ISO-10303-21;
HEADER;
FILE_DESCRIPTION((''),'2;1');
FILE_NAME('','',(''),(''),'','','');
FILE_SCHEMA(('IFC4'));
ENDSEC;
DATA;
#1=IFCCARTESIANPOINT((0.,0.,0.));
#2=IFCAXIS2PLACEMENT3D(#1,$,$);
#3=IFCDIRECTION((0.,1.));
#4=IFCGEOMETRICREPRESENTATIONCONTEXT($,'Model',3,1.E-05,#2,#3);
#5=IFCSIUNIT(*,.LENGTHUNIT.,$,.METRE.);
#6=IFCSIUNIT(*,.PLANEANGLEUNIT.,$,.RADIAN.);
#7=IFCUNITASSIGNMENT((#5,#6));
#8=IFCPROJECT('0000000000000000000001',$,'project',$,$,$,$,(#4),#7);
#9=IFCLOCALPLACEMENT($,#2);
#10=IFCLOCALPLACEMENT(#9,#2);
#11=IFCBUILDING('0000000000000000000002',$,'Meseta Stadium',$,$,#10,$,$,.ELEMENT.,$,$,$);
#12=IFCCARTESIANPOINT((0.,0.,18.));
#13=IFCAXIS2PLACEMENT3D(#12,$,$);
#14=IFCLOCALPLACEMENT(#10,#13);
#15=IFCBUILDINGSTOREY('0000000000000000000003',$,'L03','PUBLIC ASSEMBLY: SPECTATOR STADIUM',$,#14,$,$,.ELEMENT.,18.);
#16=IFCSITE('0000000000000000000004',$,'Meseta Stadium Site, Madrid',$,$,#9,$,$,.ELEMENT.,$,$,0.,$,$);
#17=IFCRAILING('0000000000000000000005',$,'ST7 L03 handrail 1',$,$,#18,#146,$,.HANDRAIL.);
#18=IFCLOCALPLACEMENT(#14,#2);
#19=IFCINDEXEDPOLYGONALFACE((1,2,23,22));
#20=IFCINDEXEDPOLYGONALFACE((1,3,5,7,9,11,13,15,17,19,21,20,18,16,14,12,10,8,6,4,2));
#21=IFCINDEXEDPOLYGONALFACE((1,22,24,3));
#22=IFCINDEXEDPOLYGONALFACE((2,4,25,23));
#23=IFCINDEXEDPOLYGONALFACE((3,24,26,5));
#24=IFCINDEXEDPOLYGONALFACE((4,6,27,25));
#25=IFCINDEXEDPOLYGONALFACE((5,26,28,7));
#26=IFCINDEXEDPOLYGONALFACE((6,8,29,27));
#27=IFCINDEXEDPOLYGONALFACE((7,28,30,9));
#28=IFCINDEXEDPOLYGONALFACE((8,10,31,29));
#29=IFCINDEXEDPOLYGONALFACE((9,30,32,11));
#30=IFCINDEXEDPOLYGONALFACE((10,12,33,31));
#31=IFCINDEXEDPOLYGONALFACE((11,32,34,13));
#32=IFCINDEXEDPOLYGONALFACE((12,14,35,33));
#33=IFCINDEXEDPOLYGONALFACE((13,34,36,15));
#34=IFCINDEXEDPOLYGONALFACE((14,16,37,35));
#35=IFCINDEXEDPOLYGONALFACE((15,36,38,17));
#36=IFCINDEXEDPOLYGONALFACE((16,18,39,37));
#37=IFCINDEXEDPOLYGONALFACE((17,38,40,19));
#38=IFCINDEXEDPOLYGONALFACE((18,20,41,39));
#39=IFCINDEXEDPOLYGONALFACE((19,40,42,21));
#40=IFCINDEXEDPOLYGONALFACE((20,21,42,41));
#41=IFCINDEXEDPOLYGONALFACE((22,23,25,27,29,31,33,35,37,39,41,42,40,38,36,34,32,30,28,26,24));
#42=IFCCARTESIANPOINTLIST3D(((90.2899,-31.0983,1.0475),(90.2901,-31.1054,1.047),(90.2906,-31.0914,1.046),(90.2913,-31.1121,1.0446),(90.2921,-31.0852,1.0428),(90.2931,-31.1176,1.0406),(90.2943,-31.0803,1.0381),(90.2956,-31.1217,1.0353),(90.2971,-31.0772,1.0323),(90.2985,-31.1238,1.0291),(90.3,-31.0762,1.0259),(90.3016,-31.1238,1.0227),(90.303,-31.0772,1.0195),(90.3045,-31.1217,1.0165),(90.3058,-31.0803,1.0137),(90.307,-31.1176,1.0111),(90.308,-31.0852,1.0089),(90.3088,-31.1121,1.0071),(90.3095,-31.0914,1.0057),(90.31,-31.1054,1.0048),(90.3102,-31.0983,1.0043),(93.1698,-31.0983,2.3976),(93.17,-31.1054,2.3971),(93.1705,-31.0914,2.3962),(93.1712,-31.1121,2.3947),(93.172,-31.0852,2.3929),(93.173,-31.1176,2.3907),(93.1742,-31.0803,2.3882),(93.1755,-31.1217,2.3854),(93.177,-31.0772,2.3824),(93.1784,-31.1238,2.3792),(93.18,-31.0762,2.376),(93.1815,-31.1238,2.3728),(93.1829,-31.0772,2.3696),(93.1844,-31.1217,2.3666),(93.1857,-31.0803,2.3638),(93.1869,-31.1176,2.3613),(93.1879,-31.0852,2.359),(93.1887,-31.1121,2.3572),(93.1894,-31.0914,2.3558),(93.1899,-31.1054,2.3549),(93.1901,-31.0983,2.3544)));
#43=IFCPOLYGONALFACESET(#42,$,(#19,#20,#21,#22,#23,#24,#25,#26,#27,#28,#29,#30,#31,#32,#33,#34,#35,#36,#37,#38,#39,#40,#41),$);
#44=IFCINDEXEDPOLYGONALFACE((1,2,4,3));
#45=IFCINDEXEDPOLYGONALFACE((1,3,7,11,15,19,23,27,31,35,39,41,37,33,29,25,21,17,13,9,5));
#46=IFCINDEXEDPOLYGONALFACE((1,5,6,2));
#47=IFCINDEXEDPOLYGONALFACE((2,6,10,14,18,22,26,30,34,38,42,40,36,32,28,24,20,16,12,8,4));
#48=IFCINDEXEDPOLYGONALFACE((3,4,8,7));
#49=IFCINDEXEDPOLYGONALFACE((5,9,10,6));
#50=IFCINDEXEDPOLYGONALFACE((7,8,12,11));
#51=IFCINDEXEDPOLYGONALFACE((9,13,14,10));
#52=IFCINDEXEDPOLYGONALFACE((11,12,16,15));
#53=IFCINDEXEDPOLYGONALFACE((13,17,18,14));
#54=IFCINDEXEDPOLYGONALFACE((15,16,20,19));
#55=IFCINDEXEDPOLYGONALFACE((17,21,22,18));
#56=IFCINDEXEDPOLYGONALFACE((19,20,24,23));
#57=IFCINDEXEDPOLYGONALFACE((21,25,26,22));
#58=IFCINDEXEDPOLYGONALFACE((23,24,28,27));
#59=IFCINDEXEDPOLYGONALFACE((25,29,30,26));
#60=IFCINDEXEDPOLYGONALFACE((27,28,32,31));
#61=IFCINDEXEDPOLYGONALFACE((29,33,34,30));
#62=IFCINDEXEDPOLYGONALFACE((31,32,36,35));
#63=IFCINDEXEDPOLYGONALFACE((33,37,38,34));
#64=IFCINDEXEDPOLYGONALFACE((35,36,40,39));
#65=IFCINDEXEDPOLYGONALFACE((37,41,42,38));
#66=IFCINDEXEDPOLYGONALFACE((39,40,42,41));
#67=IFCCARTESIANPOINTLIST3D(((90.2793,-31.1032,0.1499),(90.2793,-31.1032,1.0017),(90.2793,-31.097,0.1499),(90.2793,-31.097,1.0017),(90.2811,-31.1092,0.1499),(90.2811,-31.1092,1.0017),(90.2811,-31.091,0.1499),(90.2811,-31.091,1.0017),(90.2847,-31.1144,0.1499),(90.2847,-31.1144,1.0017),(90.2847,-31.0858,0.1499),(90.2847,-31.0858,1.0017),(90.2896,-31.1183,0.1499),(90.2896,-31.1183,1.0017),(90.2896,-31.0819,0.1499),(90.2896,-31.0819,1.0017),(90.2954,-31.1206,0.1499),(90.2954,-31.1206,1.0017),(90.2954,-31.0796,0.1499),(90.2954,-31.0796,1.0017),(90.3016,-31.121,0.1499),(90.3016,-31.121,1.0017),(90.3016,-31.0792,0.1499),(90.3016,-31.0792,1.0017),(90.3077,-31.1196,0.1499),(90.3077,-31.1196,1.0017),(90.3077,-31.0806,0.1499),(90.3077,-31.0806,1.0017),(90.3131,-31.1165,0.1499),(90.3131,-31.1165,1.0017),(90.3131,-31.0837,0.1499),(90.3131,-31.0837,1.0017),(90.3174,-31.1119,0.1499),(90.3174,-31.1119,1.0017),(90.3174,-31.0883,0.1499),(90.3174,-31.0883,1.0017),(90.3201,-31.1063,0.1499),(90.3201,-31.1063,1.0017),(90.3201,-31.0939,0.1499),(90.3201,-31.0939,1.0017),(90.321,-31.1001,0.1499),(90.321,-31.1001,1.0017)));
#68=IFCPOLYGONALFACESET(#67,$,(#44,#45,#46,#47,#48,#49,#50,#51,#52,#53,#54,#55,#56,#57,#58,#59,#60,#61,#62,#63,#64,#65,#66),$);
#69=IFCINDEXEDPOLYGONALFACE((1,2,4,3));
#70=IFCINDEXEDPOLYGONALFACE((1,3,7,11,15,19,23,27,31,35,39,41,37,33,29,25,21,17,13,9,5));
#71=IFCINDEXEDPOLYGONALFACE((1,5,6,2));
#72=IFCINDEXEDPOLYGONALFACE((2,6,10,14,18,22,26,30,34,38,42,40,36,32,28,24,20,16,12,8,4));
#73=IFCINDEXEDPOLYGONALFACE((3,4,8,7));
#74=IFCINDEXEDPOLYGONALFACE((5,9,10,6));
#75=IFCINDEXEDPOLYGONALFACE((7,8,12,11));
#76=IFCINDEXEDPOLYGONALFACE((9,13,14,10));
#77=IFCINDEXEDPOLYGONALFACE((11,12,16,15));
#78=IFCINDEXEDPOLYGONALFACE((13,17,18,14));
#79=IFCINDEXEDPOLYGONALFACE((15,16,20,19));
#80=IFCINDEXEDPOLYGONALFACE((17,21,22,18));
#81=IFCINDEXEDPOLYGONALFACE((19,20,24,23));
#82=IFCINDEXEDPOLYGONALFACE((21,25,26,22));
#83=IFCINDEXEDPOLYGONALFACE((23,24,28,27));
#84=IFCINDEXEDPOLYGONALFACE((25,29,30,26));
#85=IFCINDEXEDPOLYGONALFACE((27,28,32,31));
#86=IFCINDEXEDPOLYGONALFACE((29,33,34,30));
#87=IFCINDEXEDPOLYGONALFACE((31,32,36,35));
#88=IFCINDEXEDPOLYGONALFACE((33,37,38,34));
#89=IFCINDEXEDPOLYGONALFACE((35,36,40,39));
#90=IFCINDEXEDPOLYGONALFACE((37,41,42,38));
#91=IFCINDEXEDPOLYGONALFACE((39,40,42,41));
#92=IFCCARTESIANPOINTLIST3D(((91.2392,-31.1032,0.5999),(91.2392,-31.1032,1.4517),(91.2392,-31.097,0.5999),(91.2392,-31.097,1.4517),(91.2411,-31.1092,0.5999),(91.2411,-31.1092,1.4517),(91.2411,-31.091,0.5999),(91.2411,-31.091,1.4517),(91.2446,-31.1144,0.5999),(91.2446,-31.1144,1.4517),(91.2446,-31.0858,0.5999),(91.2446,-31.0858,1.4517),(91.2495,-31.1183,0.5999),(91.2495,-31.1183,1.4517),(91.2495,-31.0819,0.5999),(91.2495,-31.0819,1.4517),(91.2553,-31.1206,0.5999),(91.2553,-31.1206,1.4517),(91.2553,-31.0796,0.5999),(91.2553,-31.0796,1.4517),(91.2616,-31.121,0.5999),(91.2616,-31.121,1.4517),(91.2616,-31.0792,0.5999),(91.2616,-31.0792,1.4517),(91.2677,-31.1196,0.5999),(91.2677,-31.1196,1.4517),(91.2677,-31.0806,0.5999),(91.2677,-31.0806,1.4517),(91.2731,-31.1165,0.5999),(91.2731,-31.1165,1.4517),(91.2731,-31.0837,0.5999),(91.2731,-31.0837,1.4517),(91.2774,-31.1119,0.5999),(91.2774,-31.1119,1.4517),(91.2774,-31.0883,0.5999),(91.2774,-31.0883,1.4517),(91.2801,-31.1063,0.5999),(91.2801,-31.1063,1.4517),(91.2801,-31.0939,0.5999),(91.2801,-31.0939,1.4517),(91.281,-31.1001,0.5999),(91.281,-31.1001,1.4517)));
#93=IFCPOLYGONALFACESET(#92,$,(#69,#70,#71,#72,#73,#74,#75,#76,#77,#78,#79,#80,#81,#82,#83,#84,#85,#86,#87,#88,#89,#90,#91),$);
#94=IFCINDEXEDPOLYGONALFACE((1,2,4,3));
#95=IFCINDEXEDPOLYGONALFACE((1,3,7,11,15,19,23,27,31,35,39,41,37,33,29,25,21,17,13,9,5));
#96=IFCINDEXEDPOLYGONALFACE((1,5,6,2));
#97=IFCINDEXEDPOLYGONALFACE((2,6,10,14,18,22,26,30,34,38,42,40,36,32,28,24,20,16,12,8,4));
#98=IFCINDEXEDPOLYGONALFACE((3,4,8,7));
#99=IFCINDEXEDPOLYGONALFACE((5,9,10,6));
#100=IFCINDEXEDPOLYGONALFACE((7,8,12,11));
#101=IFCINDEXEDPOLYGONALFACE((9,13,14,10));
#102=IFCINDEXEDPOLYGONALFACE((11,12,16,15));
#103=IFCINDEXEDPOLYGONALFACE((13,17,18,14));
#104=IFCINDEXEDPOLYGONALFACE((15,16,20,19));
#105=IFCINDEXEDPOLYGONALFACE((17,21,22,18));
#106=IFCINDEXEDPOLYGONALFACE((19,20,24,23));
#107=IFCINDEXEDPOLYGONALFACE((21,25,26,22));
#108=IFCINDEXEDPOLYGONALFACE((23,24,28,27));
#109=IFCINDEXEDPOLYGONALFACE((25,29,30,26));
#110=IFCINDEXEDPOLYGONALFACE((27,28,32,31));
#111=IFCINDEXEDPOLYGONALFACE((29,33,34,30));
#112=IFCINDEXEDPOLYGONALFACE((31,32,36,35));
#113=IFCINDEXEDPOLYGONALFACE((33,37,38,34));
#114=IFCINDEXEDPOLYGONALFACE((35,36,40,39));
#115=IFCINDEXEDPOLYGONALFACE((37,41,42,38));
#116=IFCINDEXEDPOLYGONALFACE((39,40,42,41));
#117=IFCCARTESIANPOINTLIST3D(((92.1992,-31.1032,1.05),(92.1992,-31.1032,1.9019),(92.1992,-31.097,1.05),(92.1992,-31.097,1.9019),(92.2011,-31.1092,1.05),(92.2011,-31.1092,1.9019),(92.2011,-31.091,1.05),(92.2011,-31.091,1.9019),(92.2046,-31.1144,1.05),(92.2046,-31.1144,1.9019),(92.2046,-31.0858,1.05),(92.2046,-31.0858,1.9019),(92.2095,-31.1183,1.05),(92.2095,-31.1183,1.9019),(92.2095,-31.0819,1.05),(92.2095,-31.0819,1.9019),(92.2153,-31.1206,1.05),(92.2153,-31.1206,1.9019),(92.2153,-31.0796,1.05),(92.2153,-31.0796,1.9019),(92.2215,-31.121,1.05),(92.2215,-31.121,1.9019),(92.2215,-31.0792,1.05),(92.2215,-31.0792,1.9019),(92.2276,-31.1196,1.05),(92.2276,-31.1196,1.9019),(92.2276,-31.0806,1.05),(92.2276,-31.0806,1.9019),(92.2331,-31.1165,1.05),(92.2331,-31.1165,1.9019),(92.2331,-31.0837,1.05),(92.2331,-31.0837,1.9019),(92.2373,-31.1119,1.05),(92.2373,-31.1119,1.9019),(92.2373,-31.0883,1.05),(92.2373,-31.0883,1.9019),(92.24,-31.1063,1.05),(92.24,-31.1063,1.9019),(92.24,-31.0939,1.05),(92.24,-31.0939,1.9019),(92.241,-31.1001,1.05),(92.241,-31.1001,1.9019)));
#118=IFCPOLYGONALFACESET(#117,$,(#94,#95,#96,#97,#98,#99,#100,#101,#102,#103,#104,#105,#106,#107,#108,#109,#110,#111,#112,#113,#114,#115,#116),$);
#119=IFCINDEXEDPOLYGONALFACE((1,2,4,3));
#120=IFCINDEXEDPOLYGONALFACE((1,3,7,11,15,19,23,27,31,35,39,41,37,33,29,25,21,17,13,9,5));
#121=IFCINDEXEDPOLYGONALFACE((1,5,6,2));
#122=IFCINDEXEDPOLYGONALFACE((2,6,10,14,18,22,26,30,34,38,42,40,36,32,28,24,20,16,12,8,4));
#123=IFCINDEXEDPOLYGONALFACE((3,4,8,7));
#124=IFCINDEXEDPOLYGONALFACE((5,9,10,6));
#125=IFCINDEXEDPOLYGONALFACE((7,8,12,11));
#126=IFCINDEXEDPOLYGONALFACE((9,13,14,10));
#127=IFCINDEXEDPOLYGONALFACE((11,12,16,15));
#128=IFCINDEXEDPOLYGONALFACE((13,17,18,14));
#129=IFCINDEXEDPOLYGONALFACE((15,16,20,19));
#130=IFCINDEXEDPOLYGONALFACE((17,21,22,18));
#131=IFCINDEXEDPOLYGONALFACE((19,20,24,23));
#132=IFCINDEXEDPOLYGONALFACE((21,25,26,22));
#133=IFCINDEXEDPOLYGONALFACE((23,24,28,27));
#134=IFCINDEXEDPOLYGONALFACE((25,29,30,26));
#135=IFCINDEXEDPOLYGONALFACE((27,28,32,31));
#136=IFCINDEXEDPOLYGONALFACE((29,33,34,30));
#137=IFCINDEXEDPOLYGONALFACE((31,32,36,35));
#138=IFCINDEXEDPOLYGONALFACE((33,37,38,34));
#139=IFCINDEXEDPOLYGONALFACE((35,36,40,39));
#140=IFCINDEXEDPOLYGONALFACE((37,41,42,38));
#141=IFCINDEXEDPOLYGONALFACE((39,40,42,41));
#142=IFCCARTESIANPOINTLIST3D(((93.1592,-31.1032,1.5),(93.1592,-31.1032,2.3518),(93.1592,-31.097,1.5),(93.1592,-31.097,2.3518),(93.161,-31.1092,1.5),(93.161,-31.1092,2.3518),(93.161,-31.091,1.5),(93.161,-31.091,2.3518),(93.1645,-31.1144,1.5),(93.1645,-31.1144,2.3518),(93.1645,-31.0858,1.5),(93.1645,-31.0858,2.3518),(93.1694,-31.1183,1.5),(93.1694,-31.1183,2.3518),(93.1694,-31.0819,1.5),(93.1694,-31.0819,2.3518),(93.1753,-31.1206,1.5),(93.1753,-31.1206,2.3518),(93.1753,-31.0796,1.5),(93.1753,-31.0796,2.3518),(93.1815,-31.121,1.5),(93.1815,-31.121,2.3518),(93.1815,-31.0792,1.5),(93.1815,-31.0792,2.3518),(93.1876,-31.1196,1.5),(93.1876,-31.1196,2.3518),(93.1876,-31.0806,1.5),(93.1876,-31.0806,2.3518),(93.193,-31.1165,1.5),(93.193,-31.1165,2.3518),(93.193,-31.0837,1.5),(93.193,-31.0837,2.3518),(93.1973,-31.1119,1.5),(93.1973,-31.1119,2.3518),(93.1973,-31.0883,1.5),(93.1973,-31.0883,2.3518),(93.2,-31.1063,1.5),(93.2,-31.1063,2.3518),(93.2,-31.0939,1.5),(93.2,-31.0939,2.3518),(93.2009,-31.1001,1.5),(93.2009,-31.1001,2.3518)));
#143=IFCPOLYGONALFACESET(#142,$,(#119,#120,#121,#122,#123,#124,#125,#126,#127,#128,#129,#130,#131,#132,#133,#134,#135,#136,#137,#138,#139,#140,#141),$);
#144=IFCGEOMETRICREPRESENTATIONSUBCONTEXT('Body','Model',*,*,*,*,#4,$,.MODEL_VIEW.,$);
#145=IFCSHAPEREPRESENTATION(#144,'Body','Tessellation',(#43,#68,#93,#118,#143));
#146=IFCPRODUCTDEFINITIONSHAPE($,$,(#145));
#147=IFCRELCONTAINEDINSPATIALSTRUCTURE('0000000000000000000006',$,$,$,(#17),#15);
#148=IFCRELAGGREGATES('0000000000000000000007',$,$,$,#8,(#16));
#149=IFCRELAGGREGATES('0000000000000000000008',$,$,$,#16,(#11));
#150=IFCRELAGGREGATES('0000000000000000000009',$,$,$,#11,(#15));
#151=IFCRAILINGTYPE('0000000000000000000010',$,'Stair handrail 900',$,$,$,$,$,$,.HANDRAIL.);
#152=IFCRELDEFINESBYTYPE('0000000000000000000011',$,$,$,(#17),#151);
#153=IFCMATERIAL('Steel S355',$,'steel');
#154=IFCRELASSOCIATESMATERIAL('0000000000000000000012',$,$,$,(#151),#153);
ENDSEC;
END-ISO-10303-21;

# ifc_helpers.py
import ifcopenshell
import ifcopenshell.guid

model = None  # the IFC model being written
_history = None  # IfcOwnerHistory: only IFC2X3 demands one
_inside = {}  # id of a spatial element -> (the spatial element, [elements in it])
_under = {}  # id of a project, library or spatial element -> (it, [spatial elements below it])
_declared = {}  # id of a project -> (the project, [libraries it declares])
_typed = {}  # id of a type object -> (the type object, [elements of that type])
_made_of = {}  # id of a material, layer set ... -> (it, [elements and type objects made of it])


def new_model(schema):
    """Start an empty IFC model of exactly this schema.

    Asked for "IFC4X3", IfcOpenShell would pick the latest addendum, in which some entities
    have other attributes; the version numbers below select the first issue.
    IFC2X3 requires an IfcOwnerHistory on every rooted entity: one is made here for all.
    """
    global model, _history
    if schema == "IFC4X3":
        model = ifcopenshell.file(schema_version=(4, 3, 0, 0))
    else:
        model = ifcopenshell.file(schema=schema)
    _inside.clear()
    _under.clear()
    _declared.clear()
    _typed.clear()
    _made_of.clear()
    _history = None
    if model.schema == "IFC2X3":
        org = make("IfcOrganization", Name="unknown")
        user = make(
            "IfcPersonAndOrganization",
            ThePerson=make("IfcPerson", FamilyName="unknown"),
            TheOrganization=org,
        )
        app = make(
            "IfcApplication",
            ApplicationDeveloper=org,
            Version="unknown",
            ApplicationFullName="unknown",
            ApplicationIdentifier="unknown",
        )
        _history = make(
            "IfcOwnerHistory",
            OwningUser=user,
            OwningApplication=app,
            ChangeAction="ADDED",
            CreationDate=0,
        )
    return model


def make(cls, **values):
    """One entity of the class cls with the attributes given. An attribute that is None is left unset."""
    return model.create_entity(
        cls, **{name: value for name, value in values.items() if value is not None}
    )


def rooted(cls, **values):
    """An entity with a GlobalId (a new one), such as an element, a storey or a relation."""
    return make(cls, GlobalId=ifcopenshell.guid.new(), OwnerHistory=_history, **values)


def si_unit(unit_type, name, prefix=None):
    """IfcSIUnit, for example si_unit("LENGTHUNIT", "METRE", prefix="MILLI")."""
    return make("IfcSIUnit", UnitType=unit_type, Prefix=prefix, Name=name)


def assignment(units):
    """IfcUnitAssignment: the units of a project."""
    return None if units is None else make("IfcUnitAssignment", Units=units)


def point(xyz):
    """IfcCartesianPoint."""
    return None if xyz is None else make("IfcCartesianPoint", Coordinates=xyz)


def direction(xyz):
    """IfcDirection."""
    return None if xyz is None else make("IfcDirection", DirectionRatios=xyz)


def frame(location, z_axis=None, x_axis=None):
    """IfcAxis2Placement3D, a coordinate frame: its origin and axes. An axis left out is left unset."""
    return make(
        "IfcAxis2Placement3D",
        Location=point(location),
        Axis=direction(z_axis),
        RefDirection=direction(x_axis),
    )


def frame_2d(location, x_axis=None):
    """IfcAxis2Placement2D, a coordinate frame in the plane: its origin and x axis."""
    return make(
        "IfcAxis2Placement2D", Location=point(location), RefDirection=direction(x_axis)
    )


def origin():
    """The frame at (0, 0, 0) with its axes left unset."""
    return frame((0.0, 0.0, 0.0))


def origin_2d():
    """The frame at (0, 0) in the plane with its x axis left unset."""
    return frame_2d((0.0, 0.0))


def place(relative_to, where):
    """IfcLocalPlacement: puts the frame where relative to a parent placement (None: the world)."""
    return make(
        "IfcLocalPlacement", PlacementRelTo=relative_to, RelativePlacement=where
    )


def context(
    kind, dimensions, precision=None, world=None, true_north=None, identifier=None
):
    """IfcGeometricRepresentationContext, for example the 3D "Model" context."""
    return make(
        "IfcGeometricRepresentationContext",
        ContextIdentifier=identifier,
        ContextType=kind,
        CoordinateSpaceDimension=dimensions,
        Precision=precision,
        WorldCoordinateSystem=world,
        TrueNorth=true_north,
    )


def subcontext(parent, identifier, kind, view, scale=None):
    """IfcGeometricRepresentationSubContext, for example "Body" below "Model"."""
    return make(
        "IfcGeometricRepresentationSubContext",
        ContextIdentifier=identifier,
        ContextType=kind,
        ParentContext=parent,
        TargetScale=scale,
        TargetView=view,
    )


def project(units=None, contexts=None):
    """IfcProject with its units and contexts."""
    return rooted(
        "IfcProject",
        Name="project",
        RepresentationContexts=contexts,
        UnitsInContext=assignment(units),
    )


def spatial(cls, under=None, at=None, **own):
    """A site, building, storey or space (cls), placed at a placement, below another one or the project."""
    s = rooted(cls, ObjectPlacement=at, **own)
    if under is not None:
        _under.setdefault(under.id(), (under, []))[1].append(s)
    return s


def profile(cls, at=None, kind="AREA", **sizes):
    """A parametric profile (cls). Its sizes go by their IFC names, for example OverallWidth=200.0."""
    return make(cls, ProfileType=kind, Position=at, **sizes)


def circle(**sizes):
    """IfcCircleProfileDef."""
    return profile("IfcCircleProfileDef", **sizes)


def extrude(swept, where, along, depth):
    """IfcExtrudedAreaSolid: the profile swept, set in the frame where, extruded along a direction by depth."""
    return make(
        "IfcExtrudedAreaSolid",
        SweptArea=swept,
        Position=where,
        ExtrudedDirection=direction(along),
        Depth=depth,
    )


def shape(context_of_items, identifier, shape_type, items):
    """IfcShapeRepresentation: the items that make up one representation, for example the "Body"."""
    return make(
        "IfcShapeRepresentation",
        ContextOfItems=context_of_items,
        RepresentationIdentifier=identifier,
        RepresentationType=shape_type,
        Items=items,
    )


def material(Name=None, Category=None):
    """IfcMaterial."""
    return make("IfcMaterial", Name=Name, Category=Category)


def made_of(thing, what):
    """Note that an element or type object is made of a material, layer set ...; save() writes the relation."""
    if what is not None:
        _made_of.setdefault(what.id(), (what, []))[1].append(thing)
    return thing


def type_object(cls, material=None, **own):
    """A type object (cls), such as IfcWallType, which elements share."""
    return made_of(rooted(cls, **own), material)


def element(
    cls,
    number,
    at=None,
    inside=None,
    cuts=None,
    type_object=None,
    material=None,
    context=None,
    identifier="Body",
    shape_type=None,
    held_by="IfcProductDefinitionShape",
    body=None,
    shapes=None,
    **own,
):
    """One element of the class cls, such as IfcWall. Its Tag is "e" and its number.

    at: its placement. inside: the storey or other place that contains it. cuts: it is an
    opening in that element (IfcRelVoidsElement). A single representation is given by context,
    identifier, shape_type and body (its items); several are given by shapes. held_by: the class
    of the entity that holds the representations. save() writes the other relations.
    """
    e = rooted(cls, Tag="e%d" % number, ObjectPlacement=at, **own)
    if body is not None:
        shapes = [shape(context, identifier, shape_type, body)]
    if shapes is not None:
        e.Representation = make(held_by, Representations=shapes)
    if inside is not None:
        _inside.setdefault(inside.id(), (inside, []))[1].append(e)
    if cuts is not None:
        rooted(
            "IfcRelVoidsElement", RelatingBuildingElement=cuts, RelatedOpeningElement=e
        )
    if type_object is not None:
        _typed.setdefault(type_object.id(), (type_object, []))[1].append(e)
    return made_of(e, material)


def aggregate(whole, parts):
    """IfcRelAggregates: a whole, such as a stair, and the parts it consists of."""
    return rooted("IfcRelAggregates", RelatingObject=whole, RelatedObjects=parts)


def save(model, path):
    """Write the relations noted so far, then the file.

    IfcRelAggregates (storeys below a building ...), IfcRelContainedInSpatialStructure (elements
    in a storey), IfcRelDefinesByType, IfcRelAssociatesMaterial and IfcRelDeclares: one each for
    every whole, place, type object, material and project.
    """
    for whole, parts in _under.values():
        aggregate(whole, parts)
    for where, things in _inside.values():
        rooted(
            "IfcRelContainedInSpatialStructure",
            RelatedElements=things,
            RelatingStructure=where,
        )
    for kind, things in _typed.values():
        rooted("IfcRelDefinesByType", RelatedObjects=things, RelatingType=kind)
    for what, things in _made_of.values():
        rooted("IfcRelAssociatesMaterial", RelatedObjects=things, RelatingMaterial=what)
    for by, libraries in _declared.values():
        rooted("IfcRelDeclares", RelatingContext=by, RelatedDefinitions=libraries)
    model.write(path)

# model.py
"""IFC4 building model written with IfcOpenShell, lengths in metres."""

from ifc_helpers import new_model, si_unit, direction, frame, origin, origin_2d, place, context, subcontext, project, spatial, circle, extrude, material, type_object, element, save


model = new_model("IFC4")

# Units and contexts
model_context = context("Model", 3, precision=1e-05, world=origin(), true_north=direction((0.0, 1.0)))
body_context = subcontext(model_context, "Body", "Model", "MODEL_VIEW")
ifc_project = project(units=[si_unit("LENGTHUNIT", "METRE"), si_unit("PLANEANGLEUNIT", "RADIAN")], contexts=[model_context])

# Site, building, storey
site_placement = place(None, origin())
site = spatial("IfcSite", under=ifc_project, at=site_placement, Name="Meseta Stadium Site, Madrid", CompositionType="ELEMENT", RefElevation=0.0)
building_placement = place(site_placement, origin())
building = spatial("IfcBuilding", under=site, at=building_placement, Name="Meseta Stadium", CompositionType="ELEMENT")
storey_placement = place(building_placement, frame((0.0, 0.0, 18.0)))
storey = spatial("IfcBuildingStorey", under=building, at=storey_placement, Name="L03", Description="PUBLIC ASSEMBLY: SPECTATOR STADIUM", CompositionType="ELEMENT", Elevation=18.0)

# Railing
ifc_material_1 = material(Name="Steel S355", Category="steel")
railing_type_1 = type_object("IfcRailingType", Name="Stair handrail 900", PredefinedType="HANDRAIL", material=ifc_material_1)
for number, where, name in (
    (1, (90.3, -31.1001, 0.1499), "ST7 L03 handrail 1"),
):
    element("IfcRailing", number, at=place(storey_placement, frame(where)), inside=storey, type_object=railing_type_1, Name=name, PredefinedType="HANDRAIL", context=body_context, shape_type="SweptSolid", body=[
        extrude(circle(Radius=0.0239, at=origin_2d()), frame((0.0, 0.0, 0.876), z_axis=(0.90544, 0.0, 0.424473), x_axis=(0.0, 1.0, 0.0)), (0.0, 0.0, 1.0), 3.1807),
        extrude(circle(Radius=0.021, at=origin_2d()), origin(), (0.0, 0.0, 1.0), 0.8518),
        extrude(circle(Radius=0.021, at=origin_2d()), frame((0.96, 0.0, 0.45)), (0.0, 0.0, 1.0), 0.8518),
        extrude(circle(Radius=0.021, at=origin_2d()), frame((1.9199, 0.0, 0.9001)), (0.0, 0.0, 1.0), 0.8518),
        extrude(circle(Radius=0.021, at=origin_2d()), frame((2.8799, 0.0, 1.3501)), (0.0, 0.0, 1.0), 0.8518),
    ])

save(model, "model.ifc")
